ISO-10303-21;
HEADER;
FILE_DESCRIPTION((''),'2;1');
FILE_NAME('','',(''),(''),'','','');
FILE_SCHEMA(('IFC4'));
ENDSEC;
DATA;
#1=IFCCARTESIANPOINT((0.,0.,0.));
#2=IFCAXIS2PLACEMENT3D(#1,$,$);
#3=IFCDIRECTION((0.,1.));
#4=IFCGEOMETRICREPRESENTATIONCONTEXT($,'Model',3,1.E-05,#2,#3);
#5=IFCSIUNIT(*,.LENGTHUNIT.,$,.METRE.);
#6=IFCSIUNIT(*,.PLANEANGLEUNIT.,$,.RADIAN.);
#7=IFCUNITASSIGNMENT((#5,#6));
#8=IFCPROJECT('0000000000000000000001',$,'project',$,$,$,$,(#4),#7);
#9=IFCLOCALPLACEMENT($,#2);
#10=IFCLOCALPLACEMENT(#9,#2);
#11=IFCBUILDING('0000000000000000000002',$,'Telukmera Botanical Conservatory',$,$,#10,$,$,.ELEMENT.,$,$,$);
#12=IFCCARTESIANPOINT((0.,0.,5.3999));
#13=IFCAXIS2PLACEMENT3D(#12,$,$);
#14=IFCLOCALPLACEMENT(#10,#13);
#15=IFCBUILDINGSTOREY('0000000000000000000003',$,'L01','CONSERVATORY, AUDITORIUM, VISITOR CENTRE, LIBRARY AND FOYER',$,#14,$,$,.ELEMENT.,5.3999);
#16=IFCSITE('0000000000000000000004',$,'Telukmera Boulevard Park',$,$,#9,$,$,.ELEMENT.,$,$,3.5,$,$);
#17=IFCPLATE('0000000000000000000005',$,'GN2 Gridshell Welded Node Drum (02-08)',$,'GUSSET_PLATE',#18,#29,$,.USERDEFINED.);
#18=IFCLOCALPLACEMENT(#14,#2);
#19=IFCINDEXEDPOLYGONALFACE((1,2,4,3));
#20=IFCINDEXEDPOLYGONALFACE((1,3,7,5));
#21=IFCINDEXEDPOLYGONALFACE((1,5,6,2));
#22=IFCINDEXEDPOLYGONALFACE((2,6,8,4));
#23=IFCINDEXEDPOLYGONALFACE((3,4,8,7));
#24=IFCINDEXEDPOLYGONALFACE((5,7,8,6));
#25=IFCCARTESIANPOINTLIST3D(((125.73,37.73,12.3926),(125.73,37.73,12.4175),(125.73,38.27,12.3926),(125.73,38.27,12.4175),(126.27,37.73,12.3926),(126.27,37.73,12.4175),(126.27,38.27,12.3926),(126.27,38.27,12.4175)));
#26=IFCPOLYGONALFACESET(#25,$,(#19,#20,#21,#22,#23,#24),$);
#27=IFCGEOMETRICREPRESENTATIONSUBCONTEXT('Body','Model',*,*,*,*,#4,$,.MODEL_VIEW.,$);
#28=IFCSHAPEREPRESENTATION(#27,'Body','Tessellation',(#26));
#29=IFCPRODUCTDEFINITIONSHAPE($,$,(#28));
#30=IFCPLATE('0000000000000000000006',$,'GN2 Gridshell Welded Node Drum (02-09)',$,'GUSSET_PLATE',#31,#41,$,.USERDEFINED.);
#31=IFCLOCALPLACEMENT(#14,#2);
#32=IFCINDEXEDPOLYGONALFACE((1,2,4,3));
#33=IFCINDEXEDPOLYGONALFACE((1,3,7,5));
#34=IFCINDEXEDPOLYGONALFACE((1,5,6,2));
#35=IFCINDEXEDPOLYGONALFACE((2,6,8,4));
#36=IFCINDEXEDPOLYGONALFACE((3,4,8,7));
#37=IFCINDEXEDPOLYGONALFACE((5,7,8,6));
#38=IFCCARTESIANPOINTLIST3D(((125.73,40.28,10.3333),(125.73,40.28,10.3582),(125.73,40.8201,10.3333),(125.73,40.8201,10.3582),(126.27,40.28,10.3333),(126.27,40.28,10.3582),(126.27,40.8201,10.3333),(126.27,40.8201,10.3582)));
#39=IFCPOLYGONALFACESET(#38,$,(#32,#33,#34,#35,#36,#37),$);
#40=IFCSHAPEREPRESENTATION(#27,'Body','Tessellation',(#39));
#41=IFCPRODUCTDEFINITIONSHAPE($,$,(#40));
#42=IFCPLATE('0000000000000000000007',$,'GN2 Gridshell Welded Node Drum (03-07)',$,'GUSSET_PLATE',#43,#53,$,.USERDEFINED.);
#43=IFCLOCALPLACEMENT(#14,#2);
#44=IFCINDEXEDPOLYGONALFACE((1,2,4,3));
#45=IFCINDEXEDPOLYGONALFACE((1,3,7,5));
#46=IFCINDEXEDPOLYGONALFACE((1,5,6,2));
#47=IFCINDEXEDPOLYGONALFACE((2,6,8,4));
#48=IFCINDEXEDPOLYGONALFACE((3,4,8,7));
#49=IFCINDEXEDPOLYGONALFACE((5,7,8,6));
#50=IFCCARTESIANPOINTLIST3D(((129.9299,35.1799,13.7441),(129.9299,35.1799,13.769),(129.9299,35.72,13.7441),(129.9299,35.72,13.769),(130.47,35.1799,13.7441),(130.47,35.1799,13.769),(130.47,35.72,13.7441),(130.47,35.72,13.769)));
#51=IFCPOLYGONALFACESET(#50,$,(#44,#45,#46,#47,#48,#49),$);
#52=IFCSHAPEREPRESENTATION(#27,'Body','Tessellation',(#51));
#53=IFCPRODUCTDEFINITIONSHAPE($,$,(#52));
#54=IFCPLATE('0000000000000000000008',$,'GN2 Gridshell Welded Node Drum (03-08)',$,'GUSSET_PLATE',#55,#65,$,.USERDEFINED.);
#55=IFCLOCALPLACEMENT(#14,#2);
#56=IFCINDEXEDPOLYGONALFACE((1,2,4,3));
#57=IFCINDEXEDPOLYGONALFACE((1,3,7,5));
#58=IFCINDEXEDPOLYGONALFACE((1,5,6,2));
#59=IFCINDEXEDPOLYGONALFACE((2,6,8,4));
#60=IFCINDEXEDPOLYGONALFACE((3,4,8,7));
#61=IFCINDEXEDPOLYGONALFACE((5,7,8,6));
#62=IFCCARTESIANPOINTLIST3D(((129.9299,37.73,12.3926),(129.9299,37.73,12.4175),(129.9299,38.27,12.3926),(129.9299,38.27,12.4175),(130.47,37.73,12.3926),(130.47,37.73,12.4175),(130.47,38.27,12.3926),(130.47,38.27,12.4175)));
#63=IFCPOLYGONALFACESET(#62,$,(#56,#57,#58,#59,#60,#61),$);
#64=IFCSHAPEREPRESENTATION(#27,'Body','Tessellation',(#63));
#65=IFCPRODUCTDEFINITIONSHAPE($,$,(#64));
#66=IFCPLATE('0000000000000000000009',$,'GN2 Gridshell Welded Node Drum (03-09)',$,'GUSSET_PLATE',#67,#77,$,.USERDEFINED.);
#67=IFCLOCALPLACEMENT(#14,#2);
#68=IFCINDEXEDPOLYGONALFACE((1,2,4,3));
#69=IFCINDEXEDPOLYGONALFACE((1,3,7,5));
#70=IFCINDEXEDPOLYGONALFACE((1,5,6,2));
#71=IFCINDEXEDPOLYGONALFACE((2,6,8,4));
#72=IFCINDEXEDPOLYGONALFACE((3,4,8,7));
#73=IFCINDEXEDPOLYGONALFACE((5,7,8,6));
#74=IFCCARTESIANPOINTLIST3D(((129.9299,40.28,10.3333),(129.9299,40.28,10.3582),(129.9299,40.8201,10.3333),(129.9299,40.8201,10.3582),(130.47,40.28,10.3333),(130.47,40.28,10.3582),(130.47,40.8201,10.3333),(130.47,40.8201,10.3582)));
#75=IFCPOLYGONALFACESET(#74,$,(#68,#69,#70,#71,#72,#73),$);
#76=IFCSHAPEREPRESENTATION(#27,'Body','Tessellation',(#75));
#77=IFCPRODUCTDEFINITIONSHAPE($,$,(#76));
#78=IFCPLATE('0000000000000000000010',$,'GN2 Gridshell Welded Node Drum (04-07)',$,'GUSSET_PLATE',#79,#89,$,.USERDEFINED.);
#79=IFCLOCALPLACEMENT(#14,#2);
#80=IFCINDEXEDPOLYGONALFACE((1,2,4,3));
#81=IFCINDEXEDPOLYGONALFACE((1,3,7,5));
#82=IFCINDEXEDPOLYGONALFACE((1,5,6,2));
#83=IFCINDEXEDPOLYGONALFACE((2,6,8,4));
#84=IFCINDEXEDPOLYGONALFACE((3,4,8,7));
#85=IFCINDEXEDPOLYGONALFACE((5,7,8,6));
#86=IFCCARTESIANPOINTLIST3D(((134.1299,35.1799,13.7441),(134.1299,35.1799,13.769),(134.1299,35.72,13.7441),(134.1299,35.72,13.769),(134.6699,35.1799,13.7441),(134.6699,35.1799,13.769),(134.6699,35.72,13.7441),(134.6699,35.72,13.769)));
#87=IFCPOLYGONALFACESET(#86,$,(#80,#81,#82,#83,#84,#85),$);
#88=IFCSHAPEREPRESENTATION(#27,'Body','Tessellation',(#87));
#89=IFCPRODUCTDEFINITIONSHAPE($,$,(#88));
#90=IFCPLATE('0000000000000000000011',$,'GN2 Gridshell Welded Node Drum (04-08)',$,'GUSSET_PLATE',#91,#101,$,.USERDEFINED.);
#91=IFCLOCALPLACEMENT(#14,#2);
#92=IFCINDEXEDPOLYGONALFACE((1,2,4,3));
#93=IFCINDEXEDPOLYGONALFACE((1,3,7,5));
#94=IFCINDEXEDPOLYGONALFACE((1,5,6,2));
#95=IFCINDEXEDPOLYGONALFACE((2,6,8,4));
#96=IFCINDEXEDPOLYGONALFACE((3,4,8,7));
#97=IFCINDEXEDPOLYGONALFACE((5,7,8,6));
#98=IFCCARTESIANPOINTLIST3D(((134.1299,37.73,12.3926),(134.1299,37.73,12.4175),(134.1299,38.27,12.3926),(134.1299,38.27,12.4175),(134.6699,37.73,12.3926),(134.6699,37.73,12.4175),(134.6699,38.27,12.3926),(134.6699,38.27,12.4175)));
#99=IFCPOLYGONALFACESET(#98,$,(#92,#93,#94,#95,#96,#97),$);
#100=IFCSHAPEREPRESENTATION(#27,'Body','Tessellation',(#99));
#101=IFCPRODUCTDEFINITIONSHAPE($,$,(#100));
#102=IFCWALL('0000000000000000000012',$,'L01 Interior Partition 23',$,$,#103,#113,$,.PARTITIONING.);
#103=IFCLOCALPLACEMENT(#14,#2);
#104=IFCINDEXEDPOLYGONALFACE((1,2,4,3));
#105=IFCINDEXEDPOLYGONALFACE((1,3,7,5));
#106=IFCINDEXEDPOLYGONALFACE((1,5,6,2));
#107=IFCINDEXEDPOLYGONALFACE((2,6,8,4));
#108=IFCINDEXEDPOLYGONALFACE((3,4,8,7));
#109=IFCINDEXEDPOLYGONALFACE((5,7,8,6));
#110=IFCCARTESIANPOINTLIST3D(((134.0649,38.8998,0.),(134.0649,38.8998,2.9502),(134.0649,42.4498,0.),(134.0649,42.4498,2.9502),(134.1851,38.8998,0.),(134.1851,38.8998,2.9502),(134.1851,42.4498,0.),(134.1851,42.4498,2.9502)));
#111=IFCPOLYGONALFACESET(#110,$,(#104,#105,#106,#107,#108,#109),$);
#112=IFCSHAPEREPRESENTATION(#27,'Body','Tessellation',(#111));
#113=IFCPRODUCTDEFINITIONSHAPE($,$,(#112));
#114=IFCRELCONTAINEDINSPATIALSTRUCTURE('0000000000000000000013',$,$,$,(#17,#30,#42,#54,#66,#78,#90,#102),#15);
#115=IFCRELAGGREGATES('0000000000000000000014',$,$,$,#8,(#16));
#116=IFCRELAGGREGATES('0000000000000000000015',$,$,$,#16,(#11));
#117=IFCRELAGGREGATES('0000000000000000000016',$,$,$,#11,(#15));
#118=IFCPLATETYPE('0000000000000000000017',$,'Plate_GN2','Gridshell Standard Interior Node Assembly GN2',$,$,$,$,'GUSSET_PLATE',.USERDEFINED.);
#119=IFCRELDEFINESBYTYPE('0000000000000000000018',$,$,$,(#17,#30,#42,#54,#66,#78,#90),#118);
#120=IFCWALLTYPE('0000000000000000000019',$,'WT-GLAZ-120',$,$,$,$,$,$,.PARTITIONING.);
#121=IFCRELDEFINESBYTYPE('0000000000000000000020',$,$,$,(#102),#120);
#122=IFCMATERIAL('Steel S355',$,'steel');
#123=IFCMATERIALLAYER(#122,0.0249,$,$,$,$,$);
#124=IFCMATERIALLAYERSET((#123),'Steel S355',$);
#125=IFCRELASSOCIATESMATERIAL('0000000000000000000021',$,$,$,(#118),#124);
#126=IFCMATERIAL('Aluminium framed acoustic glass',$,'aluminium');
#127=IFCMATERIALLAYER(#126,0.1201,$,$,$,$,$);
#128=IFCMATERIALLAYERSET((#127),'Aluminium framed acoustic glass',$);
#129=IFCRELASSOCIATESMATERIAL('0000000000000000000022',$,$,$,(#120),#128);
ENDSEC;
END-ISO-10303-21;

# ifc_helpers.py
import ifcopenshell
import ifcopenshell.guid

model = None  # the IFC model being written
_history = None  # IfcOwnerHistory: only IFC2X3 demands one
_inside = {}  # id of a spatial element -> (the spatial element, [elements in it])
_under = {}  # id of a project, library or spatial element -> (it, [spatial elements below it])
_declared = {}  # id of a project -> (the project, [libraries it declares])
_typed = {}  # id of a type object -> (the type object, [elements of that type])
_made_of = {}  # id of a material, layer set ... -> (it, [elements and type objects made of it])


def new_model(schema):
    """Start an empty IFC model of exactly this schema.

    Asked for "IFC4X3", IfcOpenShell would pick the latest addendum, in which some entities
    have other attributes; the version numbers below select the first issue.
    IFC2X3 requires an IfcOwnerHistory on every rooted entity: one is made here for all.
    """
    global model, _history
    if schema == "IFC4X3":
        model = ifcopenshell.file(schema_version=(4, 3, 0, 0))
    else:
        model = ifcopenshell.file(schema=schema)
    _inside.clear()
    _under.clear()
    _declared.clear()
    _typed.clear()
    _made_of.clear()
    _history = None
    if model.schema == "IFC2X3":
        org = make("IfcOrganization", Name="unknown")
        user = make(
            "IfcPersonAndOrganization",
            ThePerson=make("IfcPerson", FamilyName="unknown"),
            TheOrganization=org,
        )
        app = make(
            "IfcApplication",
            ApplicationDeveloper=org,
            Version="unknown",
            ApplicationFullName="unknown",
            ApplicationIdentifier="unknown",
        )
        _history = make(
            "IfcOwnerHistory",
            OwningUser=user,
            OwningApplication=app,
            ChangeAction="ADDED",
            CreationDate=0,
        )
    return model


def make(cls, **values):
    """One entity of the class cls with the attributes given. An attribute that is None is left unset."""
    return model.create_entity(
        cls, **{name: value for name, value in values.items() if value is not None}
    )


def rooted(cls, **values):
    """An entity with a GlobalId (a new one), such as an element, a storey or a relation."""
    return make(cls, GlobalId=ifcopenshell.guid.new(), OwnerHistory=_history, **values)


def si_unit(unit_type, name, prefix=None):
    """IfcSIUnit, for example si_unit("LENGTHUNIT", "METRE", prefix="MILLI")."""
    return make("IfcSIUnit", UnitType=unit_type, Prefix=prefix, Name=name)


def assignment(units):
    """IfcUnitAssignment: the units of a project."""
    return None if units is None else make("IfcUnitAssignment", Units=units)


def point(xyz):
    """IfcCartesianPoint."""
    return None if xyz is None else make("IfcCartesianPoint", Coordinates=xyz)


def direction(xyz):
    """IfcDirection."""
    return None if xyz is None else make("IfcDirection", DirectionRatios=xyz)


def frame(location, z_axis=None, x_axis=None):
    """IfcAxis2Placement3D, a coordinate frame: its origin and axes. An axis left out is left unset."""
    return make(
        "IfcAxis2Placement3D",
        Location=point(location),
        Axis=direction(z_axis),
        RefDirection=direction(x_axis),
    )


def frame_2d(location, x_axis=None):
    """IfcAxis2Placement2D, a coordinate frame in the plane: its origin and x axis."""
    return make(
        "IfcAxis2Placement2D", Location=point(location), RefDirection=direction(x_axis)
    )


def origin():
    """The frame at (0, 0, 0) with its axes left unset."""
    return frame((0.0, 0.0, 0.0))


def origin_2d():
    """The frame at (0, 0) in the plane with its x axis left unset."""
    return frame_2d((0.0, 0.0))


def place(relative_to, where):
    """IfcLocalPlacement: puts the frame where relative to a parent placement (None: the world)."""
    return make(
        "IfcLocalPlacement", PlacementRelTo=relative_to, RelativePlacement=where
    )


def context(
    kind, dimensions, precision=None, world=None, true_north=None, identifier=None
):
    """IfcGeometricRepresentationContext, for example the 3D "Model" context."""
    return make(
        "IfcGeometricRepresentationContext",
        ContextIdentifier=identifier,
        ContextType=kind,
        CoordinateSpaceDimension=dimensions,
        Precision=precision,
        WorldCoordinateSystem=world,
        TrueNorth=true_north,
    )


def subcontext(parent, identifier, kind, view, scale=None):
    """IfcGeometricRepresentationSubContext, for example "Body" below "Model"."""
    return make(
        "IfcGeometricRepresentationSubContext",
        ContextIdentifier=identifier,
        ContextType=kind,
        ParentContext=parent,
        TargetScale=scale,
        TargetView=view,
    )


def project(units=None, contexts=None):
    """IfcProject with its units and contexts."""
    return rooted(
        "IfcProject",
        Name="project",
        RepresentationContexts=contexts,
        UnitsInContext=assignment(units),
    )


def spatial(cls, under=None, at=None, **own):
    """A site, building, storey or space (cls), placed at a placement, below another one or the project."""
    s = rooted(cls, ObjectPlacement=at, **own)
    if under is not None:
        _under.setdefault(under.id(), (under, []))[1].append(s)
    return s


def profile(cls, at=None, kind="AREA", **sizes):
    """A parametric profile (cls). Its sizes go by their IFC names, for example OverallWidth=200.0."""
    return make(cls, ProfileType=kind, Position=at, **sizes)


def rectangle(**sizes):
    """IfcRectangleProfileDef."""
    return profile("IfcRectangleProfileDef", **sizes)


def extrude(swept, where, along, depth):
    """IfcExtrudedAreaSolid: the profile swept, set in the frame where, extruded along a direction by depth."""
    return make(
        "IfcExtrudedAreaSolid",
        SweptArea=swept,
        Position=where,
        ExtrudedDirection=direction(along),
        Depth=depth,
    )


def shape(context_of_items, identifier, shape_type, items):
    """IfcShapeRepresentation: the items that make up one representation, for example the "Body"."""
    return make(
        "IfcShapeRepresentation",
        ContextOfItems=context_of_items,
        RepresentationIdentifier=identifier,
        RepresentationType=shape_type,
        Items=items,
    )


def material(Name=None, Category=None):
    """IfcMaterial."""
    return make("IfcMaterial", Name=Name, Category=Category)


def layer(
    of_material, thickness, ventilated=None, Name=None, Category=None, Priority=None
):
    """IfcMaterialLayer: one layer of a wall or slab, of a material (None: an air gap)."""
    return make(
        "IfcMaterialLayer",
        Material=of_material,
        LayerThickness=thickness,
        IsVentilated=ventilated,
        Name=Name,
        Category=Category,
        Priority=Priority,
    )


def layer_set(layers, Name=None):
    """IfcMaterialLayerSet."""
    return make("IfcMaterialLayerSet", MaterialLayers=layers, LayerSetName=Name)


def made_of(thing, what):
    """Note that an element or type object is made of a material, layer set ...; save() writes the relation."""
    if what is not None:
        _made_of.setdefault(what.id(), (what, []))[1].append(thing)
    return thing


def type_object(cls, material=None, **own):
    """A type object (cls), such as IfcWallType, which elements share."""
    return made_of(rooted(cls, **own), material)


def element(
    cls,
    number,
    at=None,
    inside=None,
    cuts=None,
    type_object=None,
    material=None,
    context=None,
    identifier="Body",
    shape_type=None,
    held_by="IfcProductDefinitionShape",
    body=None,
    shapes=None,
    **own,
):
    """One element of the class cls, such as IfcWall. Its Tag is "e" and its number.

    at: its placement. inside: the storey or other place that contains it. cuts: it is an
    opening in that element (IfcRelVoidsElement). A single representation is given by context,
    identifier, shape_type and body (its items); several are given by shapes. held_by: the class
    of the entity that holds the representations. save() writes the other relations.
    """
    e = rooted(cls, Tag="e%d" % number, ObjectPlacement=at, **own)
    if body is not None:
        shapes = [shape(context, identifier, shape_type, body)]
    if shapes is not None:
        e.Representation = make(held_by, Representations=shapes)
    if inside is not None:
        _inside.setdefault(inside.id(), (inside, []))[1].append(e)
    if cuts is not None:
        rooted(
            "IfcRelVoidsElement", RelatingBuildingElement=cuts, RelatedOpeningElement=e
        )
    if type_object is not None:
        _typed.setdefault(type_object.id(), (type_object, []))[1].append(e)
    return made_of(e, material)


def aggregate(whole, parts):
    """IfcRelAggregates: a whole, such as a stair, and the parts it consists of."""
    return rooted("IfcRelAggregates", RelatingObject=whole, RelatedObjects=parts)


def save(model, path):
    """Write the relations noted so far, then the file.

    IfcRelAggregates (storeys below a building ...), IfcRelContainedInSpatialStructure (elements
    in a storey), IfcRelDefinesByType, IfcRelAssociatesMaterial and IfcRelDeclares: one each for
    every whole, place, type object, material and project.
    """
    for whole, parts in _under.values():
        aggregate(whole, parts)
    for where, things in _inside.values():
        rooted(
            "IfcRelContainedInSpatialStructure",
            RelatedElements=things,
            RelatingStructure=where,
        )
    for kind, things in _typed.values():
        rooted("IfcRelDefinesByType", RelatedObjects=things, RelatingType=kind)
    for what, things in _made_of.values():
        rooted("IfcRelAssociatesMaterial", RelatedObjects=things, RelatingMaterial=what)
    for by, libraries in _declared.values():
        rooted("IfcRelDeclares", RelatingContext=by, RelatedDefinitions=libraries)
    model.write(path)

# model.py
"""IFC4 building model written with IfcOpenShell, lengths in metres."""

from ifc_helpers import new_model, si_unit, direction, frame, frame_2d, origin, origin_2d, place, context, subcontext, project, spatial, rectangle, extrude, material, layer, layer_set, type_object, element, save


model = new_model("IFC4")

# Units and contexts
model_context = context("Model", 3, precision=1e-05, world=origin(), true_north=direction((0.0, 1.0)))
body_context = subcontext(model_context, "Body", "Model", "MODEL_VIEW")
ifc_project = project(units=[si_unit("LENGTHUNIT", "METRE"), si_unit("PLANEANGLEUNIT", "RADIAN")], contexts=[model_context])

# Site, building, storey
site_placement = place(None, origin())
site = spatial("IfcSite", under=ifc_project, at=site_placement, Name="Telukmera Boulevard Park", CompositionType="ELEMENT", RefElevation=3.5)
building_placement = place(site_placement, origin())
building = spatial("IfcBuilding", under=site, at=building_placement, Name="Telukmera Botanical Conservatory", CompositionType="ELEMENT")
storey_placement = place(building_placement, frame((0.0, 0.0, 5.3999)))
storey = spatial("IfcBuildingStorey", under=building, at=storey_placement, Name="L01", Description="CONSERVATORY, AUDITORIUM, VISITOR CENTRE, LIBRARY AND FOYER", CompositionType="ELEMENT", Elevation=5.3999)

# Shared definitions
ifc_material_1 = material(Name="Steel S355", Category="steel")

# Plates
ifc_layer_1 = layer(ifc_material_1, 0.0249)
ifc_layer_set_1 = layer_set([ifc_layer_1], Name="Steel S355")
plate_type_1 = type_object("IfcPlateType", Name="Plate_GN2", Description="Gridshell Standard Interior Node Assembly GN2", ElementType="GUSSET_PLATE", PredefinedType="USERDEFINED", material=ifc_layer_set_1)
for number, where, z_axis, x_axis, name in (
    (1, (126.0, 38.0, 12.3926), (0.0, 0.0, 1.0), (1.0, 0.0, 0.0), "GN2 Gridshell Welded Node Drum (02-08)"),
    (2, (126.0, 40.55, 10.3333), (0.0, 0.0, 1.0), (1.0, 0.0, 0.0), "GN2 Gridshell Welded Node Drum (02-09)"),
    (3, (130.2, 35.45, 13.7441), (0.0, 0.0, 1.0), (1.0, 0.0, 0.0), "GN2 Gridshell Welded Node Drum (03-07)"),
    (4, (130.2, 38.0, 12.3926), (0.0, 0.0, 1.0), (1.0, 0.0, 0.0), "GN2 Gridshell Welded Node Drum (03-08)"),
    (5, (130.2, 40.55, 10.3333), (0.0, 0.0, 1.0), (1.0, 0.0, 0.0), "GN2 Gridshell Welded Node Drum (03-09)"),
    (6, (134.3999, 35.45, 13.7441), (0.0, 0.0, 1.0), (1.0, 0.0, 0.0), "GN2 Gridshell Welded Node Drum (04-07)"),
    (7, (134.3999, 38.0, 12.3926), (0.0, 0.0, 1.0), (1.0, 0.0, 0.0), "GN2 Gridshell Welded Node Drum (04-08)"),
):
    element("IfcPlate", number, at=place(storey_placement, frame(where, z_axis=z_axis, x_axis=x_axis)), inside=storey, type_object=plate_type_1, Name=name, ObjectType="GUSSET_PLATE", PredefinedType="USERDEFINED", context=body_context, shape_type="SweptSolid", body=[
        extrude(rectangle(XDim=0.54, YDim=0.54, at=origin_2d()), origin(), (0.0, 0.0, 1.0), 0.0249),
    ])

# Wall
ifc_material_2 = material(Name="Aluminium framed acoustic glass", Category="aluminium")
ifc_layer_2 = layer(ifc_material_2, 0.1201)
ifc_layer_set_2 = layer_set([ifc_layer_2], Name="Aluminium framed acoustic glass")
wall_type = type_object("IfcWallType", Name="WT-GLAZ-120", PredefinedType="PARTITIONING", material=ifc_layer_set_2)
wall_placement = place(storey_placement, frame((134.125, 38.8999, 0.0), z_axis=(0.0, 0.0, 1.0), x_axis=(0.0, 1.0, 0.0)))
element("IfcWall", 8, at=wall_placement, inside=storey, type_object=wall_type, Name="L01 Interior Partition 23", PredefinedType="PARTITIONING", context=body_context, shape_type="SweptSolid", body=[
    extrude(rectangle(XDim=3.55, YDim=0.1201, at=frame_2d((1.7749, 0.0))), origin(), (0.0, 0.0, 1.0), 2.9502),
])

save(model, "model.ifc")
